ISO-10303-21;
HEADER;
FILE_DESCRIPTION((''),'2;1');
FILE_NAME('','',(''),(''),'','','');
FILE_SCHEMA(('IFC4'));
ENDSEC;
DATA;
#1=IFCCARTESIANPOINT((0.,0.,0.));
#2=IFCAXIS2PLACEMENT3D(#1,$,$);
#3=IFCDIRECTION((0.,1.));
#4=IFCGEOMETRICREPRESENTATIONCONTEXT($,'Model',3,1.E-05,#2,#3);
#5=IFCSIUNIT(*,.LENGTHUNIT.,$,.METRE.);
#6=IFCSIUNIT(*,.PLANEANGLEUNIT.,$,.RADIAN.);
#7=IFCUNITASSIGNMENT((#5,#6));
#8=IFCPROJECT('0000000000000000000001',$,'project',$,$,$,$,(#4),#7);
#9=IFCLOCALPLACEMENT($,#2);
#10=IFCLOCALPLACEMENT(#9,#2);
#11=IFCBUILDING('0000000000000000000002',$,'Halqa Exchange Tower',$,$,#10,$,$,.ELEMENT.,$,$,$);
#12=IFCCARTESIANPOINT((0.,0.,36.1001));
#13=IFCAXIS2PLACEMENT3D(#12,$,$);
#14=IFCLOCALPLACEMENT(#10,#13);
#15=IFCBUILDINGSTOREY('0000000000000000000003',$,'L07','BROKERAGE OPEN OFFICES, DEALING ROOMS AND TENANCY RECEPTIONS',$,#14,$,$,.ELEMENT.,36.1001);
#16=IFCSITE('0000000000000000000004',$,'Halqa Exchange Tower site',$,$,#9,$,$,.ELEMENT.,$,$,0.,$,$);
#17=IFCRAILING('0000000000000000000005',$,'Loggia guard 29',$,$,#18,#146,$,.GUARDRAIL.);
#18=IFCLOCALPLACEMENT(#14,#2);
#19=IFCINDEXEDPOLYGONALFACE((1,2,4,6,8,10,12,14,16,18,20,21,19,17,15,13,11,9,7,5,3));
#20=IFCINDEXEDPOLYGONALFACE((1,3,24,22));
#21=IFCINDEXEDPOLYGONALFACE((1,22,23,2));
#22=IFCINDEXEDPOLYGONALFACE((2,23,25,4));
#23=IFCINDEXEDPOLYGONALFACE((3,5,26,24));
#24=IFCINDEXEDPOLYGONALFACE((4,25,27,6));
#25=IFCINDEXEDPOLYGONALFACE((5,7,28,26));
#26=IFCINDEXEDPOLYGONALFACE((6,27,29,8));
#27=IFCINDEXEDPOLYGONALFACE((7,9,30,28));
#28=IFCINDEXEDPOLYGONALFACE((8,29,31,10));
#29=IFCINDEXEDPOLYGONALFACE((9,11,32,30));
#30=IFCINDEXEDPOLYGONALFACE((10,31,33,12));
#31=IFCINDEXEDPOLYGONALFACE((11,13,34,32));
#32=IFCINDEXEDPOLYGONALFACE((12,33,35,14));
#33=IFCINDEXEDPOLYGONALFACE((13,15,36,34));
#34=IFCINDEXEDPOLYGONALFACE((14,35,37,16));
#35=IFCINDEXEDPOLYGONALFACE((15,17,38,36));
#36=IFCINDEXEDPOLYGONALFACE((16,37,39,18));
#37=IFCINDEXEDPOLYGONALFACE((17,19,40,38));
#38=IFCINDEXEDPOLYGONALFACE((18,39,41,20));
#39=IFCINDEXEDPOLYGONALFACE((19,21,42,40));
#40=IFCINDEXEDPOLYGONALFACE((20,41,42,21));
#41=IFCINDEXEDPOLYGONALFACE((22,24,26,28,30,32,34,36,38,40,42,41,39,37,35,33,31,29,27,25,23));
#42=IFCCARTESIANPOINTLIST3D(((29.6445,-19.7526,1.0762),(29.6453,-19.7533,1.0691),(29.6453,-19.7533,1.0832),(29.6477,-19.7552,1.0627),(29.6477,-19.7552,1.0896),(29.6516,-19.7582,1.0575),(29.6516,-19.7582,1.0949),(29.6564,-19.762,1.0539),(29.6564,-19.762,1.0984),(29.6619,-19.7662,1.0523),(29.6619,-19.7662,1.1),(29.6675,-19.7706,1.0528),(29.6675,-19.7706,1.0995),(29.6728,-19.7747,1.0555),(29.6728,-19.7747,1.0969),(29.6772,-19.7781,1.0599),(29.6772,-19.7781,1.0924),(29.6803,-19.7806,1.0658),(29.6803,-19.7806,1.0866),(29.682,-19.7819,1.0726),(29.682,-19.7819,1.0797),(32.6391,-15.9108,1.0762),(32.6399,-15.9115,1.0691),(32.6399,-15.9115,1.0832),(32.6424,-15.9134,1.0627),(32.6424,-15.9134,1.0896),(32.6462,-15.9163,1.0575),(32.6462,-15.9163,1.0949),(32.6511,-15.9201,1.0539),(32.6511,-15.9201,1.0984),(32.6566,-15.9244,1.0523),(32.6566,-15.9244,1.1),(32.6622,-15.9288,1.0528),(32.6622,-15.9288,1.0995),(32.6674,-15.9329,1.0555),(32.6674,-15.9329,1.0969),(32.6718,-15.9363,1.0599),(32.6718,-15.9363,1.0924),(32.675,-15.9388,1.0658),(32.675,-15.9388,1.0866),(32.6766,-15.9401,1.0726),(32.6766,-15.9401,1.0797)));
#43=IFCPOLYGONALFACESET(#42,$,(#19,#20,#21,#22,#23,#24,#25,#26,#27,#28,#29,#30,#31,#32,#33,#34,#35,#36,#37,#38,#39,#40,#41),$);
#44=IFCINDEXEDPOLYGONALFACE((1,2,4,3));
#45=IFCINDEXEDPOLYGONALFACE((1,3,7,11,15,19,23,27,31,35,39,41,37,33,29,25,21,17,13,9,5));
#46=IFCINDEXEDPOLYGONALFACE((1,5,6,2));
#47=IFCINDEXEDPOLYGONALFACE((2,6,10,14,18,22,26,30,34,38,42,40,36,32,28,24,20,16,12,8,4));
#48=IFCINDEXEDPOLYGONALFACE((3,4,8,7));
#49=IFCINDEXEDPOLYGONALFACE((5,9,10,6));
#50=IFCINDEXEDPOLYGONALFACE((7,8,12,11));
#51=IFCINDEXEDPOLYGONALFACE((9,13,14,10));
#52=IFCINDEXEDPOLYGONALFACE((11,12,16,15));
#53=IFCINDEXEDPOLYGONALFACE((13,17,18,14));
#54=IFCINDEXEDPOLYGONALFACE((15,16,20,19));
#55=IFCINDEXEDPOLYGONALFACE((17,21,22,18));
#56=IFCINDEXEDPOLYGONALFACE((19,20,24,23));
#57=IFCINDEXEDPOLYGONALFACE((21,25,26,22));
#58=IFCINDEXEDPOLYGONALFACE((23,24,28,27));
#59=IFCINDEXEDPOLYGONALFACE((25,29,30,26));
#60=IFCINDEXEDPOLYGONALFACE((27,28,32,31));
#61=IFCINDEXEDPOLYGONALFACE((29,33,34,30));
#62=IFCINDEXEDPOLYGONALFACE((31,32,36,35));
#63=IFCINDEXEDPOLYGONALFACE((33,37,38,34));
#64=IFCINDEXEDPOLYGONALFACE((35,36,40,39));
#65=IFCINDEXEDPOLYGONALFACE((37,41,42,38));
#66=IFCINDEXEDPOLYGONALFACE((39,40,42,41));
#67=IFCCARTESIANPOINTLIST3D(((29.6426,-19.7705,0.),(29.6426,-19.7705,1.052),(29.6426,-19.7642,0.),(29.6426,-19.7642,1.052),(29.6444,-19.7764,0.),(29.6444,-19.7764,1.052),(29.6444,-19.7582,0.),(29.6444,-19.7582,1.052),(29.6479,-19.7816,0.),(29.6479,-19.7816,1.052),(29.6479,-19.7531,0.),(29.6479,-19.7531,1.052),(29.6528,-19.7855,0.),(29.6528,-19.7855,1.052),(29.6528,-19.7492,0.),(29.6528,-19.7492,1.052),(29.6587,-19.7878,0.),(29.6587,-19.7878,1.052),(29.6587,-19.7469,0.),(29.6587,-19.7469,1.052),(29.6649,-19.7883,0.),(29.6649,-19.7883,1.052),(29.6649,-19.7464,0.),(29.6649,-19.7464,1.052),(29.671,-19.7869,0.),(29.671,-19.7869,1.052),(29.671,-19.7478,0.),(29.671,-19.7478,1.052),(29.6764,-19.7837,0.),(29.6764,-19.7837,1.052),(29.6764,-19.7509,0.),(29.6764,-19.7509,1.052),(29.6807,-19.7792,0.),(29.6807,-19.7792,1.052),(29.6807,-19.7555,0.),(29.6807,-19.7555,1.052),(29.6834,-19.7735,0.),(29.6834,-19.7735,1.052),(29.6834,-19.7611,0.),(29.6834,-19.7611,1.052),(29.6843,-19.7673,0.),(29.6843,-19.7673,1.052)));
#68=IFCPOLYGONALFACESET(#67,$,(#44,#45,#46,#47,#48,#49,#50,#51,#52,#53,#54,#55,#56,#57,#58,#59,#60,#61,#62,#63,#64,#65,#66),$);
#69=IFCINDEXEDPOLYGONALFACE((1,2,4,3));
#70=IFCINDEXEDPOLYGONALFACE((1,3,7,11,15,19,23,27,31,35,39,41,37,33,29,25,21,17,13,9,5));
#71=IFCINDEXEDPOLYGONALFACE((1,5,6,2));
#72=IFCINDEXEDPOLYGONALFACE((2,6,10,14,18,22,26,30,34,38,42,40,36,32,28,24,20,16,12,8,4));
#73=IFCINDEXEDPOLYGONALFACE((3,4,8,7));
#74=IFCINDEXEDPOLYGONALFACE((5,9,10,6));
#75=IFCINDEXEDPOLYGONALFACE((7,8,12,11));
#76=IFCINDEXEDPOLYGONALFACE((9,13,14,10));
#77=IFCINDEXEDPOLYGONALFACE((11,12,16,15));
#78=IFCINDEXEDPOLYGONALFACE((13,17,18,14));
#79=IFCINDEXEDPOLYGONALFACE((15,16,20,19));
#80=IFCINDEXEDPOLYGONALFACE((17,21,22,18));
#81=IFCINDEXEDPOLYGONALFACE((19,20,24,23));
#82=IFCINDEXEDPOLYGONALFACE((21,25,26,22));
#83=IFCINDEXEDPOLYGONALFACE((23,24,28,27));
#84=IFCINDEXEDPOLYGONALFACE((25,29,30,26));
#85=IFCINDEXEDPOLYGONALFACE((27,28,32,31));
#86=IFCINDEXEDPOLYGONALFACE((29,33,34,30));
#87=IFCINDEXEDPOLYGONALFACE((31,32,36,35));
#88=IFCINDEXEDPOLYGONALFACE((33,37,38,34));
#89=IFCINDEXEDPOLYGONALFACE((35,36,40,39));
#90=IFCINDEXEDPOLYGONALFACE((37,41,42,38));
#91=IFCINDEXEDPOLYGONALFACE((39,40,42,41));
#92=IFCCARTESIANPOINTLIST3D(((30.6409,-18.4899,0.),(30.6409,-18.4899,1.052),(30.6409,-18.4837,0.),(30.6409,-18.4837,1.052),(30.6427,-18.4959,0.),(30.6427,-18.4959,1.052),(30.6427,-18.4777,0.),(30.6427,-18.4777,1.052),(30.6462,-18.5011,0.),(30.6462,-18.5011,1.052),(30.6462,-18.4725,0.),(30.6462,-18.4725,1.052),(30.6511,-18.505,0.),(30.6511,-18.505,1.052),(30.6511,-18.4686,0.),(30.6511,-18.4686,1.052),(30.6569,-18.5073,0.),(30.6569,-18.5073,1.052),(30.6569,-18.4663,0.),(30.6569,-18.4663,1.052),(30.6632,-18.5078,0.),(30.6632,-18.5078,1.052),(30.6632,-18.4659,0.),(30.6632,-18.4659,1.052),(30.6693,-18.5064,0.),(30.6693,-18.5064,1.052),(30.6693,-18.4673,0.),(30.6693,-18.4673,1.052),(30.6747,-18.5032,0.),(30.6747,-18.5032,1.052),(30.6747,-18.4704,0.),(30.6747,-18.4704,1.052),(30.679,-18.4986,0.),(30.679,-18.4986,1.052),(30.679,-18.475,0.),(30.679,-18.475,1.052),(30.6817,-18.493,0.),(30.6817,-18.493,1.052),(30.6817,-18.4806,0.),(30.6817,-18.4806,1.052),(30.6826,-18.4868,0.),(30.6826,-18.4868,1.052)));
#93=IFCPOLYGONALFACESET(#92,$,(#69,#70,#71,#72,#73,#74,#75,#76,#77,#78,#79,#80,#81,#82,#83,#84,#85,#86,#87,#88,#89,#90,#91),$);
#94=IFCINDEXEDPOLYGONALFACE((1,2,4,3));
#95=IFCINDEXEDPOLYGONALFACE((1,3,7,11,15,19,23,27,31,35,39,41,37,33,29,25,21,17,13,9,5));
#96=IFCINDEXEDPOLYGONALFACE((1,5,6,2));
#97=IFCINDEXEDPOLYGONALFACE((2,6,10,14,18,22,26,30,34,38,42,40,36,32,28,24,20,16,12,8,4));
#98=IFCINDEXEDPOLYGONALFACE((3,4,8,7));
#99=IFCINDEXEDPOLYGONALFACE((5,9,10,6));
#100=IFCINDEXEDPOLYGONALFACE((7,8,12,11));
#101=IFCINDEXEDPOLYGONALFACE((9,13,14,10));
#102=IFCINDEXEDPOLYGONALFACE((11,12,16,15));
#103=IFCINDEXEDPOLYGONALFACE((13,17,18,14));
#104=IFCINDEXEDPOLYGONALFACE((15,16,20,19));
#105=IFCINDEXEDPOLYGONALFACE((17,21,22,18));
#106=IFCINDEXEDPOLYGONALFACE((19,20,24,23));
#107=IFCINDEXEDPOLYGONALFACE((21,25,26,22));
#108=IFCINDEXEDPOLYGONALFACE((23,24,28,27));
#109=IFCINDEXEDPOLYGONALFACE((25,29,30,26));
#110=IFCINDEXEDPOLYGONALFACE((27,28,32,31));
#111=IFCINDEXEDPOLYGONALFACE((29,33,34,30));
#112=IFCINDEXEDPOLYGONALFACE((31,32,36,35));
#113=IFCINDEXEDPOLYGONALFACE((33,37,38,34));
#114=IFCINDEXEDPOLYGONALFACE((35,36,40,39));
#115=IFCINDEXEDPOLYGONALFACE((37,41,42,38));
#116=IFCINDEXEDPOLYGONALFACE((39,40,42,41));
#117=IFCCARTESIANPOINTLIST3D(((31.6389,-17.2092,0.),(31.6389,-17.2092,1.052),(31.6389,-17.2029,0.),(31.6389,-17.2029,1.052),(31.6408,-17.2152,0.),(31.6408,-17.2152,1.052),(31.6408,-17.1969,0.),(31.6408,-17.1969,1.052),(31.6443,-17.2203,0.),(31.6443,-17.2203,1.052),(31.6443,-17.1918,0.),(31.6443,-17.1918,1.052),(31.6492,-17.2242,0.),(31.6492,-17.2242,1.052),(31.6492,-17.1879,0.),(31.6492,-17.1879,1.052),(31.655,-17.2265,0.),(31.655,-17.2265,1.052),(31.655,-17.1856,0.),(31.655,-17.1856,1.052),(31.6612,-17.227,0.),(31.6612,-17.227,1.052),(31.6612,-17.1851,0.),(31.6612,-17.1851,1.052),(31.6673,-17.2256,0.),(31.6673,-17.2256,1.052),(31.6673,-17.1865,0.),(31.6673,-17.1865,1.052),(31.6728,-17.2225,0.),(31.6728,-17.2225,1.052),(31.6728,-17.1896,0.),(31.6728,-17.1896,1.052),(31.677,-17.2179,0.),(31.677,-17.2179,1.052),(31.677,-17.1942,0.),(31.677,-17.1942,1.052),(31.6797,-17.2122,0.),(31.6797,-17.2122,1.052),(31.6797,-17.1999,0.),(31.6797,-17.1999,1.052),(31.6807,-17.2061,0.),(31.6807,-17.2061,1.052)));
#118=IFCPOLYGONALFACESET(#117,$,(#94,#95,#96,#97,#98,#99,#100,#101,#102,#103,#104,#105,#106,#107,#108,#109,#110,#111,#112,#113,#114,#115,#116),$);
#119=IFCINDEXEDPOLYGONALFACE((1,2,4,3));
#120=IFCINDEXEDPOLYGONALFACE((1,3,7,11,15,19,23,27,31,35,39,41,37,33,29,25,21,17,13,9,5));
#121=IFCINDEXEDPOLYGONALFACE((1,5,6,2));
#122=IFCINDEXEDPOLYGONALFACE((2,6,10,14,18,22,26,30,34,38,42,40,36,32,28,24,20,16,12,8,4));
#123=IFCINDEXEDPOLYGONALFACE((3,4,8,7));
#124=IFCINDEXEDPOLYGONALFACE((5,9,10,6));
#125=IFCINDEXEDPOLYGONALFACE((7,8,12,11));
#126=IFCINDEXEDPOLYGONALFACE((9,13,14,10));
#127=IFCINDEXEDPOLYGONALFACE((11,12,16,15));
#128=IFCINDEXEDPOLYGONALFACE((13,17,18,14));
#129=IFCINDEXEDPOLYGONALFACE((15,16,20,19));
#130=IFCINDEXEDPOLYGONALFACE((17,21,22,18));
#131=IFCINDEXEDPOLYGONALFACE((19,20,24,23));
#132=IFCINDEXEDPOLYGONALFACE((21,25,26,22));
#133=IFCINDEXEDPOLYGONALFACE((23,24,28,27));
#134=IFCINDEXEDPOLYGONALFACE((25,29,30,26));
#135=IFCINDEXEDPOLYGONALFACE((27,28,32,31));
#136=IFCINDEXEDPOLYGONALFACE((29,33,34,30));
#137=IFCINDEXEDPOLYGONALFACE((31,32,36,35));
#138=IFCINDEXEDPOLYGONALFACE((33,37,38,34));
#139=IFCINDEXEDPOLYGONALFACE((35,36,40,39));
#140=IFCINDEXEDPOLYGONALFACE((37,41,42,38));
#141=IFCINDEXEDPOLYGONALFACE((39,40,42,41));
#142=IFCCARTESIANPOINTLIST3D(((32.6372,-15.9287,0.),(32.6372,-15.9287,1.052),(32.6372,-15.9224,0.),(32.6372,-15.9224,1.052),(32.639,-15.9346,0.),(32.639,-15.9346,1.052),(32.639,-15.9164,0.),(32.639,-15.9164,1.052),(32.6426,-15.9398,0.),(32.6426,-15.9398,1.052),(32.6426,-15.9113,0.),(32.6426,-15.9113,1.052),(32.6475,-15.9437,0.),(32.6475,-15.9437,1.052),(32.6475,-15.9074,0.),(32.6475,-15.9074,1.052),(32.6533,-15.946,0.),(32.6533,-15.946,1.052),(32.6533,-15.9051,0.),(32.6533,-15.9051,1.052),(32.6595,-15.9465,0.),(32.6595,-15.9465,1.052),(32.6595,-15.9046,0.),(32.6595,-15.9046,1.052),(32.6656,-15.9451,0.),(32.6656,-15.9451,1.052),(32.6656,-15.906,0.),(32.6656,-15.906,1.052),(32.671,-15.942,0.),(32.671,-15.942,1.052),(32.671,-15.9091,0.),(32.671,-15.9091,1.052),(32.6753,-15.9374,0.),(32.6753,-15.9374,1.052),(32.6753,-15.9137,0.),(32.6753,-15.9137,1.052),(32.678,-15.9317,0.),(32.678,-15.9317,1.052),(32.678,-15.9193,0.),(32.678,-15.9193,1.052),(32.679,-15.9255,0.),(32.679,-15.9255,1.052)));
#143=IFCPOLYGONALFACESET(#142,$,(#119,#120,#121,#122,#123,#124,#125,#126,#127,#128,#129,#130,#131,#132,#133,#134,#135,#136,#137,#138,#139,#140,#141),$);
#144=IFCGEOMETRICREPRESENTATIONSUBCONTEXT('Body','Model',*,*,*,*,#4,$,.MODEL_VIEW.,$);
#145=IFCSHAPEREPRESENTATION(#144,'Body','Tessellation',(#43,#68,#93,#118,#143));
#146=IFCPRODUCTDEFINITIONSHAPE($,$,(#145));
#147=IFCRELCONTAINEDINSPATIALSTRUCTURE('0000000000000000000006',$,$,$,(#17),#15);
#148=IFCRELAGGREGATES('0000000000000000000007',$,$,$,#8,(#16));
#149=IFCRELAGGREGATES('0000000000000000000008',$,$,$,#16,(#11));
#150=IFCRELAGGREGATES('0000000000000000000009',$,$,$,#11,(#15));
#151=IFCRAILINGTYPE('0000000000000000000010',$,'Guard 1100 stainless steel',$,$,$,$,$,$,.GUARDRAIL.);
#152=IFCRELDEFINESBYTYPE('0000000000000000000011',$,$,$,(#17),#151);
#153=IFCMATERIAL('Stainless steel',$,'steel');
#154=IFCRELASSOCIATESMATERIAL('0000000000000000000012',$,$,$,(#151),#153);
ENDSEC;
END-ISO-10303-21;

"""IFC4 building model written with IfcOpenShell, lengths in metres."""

from ifc_helpers import new_model, si_unit, direction, frame, origin, origin_2d, place, context, subcontext, project, spatial, circle, extrude, material, type_object, element, save


model = new_model("IFC4")

# Units and contexts
model_context = context("Model", 3, precision=1e-05, world=origin(), true_north=direction((0.0, 1.0)))
body_context = subcontext(model_context, "Body", "Model", "MODEL_VIEW")
ifc_project = project(units=[si_unit("LENGTHUNIT", "METRE"), si_unit("PLANEANGLEUNIT", "RADIAN")], contexts=[model_context])

# Site, building, storey
site_placement = place(None, origin())
site = spatial("IfcSite", under=ifc_project, at=site_placement, Name="Halqa Exchange Tower site", CompositionType="ELEMENT", RefElevation=0.0)
building_placement = place(site_placement, origin())
building = spatial("IfcBuilding", under=site, at=building_placement, Name="Halqa Exchange Tower", CompositionType="ELEMENT")
storey_placement = place(building_placement, frame((0.0, 0.0, 36.1001)))
storey = spatial("IfcBuildingStorey", under=building, at=storey_placement, Name="L07", Description="BROKERAGE OPEN OFFICES, DEALING ROOMS AND TENANCY RECEPTIONS", CompositionType="ELEMENT", Elevation=36.1001)

# Railing
ifc_material_1 = material(Name="Stainless steel", Category="steel")
railing_type = type_object("IfcRailingType", Name="Guard 1100 stainless steel", PredefinedType="GUARDRAIL", material=ifc_material_1)
railing_1_placement = place(storey_placement, frame((29.6633, -19.7673, 0.0)))
element("IfcRailing", 1, at=railing_1_placement, inside=storey, type_object=railing_type, Name="Loggia guard 29", PredefinedType="GUARDRAIL", context=body_context, shape_type="SweptSolid", body=[
    extrude(circle(Radius=0.0239, at=origin_2d()), frame((0.0, 0.0, 1.0762), z_axis=(0.61478, 0.788699, 0.0), x_axis=(-0.788699, 0.61478, 0.0)), (0.0, 0.0, 1.0), 4.8711),
    extrude(circle(Radius=0.021, at=origin_2d()), origin(), (0.0, 0.0, 1.0), 1.052),
    extrude(circle(Radius=0.021, at=origin_2d()), frame((0.9983, 1.2805, 0.0)), (0.0, 0.0, 1.0), 1.052),
    extrude(circle(Radius=0.021, at=origin_2d()), frame((1.9963, 2.5613, 0.0)), (0.0, 0.0, 1.0), 1.052),
    extrude(circle(Radius=0.021, at=origin_2d()), frame((2.9946, 3.8418, 0.0)), (0.0, 0.0, 1.0), 1.052),
])

save(model, "model.ifc")
